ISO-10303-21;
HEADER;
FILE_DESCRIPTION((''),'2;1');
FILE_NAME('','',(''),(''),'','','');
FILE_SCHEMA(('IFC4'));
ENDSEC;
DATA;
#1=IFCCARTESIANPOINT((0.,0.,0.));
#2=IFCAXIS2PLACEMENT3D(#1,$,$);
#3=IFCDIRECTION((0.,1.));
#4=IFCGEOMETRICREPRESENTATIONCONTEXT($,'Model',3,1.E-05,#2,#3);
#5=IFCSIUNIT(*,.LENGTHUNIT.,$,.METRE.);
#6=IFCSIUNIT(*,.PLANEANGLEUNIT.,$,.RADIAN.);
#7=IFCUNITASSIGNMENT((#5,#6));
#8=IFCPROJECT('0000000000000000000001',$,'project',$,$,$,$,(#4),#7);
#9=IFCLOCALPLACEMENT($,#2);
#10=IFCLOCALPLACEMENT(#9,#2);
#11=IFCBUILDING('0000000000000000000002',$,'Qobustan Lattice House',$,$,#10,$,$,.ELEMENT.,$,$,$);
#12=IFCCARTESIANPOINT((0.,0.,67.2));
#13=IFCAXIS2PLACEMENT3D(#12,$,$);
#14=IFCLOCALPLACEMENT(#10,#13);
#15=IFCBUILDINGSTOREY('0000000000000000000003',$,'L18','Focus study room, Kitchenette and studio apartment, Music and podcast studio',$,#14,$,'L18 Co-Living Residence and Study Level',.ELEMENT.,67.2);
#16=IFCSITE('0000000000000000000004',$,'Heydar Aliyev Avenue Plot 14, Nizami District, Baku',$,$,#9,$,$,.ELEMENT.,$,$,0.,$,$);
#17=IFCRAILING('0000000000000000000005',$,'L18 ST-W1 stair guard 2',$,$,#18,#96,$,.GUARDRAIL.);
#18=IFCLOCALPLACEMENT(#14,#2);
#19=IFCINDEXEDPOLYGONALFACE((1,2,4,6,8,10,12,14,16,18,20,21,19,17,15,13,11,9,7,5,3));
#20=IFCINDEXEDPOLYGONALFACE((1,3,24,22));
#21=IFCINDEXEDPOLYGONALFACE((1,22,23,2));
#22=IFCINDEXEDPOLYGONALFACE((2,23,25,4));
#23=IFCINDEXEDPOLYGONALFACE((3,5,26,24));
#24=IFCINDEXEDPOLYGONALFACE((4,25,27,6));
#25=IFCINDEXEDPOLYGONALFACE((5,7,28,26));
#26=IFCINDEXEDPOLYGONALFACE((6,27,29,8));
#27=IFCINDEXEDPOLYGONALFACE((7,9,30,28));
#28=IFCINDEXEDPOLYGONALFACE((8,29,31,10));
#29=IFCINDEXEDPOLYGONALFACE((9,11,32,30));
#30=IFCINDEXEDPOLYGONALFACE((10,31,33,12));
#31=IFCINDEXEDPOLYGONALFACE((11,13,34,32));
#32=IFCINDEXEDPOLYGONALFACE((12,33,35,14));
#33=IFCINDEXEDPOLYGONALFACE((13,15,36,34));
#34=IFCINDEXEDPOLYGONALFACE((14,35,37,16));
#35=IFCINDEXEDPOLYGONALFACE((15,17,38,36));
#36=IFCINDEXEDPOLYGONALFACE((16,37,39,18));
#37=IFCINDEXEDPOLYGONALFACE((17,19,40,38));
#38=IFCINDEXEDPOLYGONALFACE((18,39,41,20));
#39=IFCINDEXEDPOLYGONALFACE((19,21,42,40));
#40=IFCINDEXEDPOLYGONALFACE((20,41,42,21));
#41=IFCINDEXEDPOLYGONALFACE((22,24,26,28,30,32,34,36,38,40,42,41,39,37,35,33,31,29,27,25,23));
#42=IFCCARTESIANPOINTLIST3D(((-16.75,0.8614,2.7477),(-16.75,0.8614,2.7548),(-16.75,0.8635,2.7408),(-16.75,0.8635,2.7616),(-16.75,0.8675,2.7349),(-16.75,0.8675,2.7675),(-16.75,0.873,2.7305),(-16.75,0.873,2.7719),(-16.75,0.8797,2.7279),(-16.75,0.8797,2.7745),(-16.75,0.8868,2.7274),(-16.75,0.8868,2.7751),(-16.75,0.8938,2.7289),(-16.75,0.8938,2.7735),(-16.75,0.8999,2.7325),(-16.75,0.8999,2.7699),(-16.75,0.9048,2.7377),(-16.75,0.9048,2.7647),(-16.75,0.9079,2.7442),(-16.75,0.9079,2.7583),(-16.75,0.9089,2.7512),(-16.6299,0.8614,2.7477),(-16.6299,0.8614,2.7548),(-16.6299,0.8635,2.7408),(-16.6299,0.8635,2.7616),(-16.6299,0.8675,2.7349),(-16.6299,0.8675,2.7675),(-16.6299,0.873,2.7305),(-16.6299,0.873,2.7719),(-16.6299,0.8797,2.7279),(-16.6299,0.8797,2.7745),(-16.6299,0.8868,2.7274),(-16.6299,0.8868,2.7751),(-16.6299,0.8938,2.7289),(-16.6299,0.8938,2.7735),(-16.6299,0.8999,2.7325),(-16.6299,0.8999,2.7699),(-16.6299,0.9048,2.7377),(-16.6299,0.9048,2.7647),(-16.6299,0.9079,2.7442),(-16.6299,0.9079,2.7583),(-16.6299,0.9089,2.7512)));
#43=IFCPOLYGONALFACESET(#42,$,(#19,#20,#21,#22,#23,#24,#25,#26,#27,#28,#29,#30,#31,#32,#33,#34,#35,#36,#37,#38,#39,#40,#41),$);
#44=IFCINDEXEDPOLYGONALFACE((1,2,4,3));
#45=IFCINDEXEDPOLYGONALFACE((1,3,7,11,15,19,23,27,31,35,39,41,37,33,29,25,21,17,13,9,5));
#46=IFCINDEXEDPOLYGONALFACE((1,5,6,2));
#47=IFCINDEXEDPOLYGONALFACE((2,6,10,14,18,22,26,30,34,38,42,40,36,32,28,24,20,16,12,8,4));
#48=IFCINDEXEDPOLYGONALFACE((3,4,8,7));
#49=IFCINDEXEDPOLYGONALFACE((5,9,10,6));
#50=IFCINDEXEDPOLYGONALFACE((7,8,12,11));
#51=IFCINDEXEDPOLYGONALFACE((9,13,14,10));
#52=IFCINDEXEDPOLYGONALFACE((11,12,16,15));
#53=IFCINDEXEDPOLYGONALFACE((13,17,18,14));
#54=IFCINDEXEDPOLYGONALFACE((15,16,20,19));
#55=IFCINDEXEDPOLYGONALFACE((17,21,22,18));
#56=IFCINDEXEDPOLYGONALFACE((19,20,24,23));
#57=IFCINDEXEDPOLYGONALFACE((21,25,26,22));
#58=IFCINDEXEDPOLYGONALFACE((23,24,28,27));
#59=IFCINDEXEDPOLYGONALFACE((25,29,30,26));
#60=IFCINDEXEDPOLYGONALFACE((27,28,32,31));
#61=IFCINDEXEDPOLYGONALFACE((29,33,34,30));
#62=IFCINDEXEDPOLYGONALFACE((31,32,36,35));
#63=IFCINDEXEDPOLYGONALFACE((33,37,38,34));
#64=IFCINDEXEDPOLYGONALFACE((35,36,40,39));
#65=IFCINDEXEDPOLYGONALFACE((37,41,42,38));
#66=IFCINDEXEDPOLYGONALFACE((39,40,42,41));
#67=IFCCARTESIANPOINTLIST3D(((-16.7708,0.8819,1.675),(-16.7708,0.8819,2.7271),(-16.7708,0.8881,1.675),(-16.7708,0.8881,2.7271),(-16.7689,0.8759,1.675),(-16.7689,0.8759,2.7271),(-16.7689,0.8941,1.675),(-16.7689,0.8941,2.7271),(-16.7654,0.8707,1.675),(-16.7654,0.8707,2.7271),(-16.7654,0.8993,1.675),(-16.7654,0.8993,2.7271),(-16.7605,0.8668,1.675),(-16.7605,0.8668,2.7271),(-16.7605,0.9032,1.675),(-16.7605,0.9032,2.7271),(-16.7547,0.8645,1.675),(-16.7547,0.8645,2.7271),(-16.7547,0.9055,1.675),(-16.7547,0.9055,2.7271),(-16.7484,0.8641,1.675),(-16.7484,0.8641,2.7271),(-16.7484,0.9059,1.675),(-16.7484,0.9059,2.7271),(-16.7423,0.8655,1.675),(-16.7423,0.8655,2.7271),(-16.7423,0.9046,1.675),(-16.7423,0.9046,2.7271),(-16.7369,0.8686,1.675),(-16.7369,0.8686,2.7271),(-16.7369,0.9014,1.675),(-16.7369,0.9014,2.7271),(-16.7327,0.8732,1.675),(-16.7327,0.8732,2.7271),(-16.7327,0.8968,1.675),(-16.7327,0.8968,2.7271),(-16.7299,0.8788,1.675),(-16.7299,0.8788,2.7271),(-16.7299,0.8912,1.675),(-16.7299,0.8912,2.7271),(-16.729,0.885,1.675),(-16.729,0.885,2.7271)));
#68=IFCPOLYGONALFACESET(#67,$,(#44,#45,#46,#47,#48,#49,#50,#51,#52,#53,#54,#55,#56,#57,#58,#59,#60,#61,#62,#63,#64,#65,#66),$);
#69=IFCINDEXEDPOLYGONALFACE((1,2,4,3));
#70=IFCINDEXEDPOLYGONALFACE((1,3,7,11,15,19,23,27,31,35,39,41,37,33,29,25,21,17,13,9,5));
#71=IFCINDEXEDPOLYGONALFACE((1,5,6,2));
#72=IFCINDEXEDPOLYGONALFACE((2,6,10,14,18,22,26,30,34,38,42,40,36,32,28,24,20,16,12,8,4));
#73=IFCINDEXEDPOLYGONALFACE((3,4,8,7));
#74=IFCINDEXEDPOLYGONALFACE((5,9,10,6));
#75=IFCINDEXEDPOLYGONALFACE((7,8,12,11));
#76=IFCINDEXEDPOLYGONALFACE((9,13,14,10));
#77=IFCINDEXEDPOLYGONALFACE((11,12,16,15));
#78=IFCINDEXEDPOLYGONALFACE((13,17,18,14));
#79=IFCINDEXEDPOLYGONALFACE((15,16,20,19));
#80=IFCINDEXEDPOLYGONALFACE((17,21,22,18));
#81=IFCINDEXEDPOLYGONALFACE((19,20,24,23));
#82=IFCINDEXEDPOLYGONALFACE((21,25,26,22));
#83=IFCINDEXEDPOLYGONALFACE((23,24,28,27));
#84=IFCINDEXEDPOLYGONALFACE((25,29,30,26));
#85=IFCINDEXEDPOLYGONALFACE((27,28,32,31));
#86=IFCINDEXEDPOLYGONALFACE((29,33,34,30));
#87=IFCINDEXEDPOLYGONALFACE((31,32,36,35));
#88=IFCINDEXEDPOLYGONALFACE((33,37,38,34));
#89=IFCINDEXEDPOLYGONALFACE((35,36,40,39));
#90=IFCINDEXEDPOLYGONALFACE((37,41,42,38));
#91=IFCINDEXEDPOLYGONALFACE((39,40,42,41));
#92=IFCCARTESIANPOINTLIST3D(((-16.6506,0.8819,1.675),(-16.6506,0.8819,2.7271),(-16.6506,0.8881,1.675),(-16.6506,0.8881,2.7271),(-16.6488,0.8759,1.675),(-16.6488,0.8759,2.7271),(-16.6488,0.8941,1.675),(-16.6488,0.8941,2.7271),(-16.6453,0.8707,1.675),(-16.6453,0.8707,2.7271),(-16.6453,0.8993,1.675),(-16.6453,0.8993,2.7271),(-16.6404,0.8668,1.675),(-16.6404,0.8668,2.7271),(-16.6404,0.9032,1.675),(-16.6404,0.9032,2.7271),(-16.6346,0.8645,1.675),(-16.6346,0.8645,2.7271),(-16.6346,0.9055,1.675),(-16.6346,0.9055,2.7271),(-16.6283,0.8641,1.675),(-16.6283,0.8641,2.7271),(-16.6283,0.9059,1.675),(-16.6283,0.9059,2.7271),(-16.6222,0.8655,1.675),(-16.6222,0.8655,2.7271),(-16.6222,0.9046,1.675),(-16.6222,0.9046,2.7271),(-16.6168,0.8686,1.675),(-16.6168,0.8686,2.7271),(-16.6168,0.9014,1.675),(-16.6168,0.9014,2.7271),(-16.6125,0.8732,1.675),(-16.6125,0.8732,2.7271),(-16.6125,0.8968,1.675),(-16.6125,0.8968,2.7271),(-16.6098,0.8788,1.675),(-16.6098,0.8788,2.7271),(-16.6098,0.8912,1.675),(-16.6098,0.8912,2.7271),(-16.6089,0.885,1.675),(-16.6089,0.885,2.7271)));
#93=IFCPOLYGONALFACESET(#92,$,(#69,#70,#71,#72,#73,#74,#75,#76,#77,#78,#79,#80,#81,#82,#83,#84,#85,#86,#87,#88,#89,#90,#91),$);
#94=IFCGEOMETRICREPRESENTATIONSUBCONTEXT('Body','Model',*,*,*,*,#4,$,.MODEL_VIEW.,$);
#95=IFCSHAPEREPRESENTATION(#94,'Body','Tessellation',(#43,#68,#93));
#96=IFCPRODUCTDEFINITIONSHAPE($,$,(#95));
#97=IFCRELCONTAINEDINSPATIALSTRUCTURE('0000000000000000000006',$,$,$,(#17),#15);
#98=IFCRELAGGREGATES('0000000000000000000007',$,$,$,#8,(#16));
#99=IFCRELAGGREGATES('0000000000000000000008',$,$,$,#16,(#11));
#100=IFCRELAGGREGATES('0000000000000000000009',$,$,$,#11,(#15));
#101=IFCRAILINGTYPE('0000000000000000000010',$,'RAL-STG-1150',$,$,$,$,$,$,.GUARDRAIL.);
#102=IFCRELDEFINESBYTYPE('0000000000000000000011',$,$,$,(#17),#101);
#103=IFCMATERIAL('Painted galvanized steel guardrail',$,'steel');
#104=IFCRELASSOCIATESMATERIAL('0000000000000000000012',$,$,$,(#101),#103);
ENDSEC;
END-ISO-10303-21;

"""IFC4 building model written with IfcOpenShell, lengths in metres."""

from ifc_helpers import new_model, si_unit, direction, frame, origin, origin_2d, place, context, subcontext, project, spatial, circle, extrude, material, type_object, element, save


model = new_model("IFC4")

# Units and contexts
model_context = context("Model", 3, precision=1e-05, world=origin(), true_north=direction((0.0, 1.0)))
body_context = subcontext(model_context, "Body", "Model", "MODEL_VIEW")
ifc_project = project(units=[si_unit("LENGTHUNIT", "METRE"), si_unit("PLANEANGLEUNIT", "RADIAN")], contexts=[model_context])

# Site, building, storey
site_placement = place(None, origin())
site = spatial("IfcSite", under=ifc_project, at=site_placement, Name="Heydar Aliyev Avenue Plot 14, Nizami District, Baku", CompositionType="ELEMENT", RefElevation=0.0)
building_placement = place(site_placement, origin())
building = spatial("IfcBuilding", under=site, at=building_placement, Name="Qobustan Lattice House", CompositionType="ELEMENT")
storey_placement = place(building_placement, frame((0.0, 0.0, 67.2)))
storey = spatial("IfcBuildingStorey", under=building, at=storey_placement, Name="L18", Description="Focus study room, Kitchenette and studio apartment, Music and podcast studio", LongName="L18 Co-Living Residence and Study Level", CompositionType="ELEMENT", Elevation=67.2)

# Railing
ifc_material_1 = material(Name="Painted galvanized steel guardrail", Category="steel")
railing_type_1 = type_object("IfcRailingType", Name="RAL-STG-1150", PredefinedType="GUARDRAIL", material=ifc_material_1)
railing_1_placement = place(storey_placement, frame((-16.75, 0.885, 1.675)))
element("IfcRailing", 1, at=railing_1_placement, inside=storey, type_object=railing_type_1, Name="L18 ST-W1 stair guard 2", PredefinedType="GUARDRAIL", context=body_context, shape_type="SweptSolid", body=[
    extrude(circle(Radius=0.0239, at=origin_2d()), frame((0.0, 0.0, 1.0762), z_axis=(1.0, 0.0, 0.0), x_axis=(0.0, 1.0, 0.0)), (0.0, 0.0, 1.0), 0.1201),
    extrude(circle(Radius=0.021, at=origin_2d()), origin(), (0.0, 0.0, 1.0), 1.052),
    extrude(circle(Radius=0.021, at=origin_2d()), frame((0.1201, 0.0, 0.0)), (0.0, 0.0, 1.0), 1.052),
])

save(model, "model.ifc")
